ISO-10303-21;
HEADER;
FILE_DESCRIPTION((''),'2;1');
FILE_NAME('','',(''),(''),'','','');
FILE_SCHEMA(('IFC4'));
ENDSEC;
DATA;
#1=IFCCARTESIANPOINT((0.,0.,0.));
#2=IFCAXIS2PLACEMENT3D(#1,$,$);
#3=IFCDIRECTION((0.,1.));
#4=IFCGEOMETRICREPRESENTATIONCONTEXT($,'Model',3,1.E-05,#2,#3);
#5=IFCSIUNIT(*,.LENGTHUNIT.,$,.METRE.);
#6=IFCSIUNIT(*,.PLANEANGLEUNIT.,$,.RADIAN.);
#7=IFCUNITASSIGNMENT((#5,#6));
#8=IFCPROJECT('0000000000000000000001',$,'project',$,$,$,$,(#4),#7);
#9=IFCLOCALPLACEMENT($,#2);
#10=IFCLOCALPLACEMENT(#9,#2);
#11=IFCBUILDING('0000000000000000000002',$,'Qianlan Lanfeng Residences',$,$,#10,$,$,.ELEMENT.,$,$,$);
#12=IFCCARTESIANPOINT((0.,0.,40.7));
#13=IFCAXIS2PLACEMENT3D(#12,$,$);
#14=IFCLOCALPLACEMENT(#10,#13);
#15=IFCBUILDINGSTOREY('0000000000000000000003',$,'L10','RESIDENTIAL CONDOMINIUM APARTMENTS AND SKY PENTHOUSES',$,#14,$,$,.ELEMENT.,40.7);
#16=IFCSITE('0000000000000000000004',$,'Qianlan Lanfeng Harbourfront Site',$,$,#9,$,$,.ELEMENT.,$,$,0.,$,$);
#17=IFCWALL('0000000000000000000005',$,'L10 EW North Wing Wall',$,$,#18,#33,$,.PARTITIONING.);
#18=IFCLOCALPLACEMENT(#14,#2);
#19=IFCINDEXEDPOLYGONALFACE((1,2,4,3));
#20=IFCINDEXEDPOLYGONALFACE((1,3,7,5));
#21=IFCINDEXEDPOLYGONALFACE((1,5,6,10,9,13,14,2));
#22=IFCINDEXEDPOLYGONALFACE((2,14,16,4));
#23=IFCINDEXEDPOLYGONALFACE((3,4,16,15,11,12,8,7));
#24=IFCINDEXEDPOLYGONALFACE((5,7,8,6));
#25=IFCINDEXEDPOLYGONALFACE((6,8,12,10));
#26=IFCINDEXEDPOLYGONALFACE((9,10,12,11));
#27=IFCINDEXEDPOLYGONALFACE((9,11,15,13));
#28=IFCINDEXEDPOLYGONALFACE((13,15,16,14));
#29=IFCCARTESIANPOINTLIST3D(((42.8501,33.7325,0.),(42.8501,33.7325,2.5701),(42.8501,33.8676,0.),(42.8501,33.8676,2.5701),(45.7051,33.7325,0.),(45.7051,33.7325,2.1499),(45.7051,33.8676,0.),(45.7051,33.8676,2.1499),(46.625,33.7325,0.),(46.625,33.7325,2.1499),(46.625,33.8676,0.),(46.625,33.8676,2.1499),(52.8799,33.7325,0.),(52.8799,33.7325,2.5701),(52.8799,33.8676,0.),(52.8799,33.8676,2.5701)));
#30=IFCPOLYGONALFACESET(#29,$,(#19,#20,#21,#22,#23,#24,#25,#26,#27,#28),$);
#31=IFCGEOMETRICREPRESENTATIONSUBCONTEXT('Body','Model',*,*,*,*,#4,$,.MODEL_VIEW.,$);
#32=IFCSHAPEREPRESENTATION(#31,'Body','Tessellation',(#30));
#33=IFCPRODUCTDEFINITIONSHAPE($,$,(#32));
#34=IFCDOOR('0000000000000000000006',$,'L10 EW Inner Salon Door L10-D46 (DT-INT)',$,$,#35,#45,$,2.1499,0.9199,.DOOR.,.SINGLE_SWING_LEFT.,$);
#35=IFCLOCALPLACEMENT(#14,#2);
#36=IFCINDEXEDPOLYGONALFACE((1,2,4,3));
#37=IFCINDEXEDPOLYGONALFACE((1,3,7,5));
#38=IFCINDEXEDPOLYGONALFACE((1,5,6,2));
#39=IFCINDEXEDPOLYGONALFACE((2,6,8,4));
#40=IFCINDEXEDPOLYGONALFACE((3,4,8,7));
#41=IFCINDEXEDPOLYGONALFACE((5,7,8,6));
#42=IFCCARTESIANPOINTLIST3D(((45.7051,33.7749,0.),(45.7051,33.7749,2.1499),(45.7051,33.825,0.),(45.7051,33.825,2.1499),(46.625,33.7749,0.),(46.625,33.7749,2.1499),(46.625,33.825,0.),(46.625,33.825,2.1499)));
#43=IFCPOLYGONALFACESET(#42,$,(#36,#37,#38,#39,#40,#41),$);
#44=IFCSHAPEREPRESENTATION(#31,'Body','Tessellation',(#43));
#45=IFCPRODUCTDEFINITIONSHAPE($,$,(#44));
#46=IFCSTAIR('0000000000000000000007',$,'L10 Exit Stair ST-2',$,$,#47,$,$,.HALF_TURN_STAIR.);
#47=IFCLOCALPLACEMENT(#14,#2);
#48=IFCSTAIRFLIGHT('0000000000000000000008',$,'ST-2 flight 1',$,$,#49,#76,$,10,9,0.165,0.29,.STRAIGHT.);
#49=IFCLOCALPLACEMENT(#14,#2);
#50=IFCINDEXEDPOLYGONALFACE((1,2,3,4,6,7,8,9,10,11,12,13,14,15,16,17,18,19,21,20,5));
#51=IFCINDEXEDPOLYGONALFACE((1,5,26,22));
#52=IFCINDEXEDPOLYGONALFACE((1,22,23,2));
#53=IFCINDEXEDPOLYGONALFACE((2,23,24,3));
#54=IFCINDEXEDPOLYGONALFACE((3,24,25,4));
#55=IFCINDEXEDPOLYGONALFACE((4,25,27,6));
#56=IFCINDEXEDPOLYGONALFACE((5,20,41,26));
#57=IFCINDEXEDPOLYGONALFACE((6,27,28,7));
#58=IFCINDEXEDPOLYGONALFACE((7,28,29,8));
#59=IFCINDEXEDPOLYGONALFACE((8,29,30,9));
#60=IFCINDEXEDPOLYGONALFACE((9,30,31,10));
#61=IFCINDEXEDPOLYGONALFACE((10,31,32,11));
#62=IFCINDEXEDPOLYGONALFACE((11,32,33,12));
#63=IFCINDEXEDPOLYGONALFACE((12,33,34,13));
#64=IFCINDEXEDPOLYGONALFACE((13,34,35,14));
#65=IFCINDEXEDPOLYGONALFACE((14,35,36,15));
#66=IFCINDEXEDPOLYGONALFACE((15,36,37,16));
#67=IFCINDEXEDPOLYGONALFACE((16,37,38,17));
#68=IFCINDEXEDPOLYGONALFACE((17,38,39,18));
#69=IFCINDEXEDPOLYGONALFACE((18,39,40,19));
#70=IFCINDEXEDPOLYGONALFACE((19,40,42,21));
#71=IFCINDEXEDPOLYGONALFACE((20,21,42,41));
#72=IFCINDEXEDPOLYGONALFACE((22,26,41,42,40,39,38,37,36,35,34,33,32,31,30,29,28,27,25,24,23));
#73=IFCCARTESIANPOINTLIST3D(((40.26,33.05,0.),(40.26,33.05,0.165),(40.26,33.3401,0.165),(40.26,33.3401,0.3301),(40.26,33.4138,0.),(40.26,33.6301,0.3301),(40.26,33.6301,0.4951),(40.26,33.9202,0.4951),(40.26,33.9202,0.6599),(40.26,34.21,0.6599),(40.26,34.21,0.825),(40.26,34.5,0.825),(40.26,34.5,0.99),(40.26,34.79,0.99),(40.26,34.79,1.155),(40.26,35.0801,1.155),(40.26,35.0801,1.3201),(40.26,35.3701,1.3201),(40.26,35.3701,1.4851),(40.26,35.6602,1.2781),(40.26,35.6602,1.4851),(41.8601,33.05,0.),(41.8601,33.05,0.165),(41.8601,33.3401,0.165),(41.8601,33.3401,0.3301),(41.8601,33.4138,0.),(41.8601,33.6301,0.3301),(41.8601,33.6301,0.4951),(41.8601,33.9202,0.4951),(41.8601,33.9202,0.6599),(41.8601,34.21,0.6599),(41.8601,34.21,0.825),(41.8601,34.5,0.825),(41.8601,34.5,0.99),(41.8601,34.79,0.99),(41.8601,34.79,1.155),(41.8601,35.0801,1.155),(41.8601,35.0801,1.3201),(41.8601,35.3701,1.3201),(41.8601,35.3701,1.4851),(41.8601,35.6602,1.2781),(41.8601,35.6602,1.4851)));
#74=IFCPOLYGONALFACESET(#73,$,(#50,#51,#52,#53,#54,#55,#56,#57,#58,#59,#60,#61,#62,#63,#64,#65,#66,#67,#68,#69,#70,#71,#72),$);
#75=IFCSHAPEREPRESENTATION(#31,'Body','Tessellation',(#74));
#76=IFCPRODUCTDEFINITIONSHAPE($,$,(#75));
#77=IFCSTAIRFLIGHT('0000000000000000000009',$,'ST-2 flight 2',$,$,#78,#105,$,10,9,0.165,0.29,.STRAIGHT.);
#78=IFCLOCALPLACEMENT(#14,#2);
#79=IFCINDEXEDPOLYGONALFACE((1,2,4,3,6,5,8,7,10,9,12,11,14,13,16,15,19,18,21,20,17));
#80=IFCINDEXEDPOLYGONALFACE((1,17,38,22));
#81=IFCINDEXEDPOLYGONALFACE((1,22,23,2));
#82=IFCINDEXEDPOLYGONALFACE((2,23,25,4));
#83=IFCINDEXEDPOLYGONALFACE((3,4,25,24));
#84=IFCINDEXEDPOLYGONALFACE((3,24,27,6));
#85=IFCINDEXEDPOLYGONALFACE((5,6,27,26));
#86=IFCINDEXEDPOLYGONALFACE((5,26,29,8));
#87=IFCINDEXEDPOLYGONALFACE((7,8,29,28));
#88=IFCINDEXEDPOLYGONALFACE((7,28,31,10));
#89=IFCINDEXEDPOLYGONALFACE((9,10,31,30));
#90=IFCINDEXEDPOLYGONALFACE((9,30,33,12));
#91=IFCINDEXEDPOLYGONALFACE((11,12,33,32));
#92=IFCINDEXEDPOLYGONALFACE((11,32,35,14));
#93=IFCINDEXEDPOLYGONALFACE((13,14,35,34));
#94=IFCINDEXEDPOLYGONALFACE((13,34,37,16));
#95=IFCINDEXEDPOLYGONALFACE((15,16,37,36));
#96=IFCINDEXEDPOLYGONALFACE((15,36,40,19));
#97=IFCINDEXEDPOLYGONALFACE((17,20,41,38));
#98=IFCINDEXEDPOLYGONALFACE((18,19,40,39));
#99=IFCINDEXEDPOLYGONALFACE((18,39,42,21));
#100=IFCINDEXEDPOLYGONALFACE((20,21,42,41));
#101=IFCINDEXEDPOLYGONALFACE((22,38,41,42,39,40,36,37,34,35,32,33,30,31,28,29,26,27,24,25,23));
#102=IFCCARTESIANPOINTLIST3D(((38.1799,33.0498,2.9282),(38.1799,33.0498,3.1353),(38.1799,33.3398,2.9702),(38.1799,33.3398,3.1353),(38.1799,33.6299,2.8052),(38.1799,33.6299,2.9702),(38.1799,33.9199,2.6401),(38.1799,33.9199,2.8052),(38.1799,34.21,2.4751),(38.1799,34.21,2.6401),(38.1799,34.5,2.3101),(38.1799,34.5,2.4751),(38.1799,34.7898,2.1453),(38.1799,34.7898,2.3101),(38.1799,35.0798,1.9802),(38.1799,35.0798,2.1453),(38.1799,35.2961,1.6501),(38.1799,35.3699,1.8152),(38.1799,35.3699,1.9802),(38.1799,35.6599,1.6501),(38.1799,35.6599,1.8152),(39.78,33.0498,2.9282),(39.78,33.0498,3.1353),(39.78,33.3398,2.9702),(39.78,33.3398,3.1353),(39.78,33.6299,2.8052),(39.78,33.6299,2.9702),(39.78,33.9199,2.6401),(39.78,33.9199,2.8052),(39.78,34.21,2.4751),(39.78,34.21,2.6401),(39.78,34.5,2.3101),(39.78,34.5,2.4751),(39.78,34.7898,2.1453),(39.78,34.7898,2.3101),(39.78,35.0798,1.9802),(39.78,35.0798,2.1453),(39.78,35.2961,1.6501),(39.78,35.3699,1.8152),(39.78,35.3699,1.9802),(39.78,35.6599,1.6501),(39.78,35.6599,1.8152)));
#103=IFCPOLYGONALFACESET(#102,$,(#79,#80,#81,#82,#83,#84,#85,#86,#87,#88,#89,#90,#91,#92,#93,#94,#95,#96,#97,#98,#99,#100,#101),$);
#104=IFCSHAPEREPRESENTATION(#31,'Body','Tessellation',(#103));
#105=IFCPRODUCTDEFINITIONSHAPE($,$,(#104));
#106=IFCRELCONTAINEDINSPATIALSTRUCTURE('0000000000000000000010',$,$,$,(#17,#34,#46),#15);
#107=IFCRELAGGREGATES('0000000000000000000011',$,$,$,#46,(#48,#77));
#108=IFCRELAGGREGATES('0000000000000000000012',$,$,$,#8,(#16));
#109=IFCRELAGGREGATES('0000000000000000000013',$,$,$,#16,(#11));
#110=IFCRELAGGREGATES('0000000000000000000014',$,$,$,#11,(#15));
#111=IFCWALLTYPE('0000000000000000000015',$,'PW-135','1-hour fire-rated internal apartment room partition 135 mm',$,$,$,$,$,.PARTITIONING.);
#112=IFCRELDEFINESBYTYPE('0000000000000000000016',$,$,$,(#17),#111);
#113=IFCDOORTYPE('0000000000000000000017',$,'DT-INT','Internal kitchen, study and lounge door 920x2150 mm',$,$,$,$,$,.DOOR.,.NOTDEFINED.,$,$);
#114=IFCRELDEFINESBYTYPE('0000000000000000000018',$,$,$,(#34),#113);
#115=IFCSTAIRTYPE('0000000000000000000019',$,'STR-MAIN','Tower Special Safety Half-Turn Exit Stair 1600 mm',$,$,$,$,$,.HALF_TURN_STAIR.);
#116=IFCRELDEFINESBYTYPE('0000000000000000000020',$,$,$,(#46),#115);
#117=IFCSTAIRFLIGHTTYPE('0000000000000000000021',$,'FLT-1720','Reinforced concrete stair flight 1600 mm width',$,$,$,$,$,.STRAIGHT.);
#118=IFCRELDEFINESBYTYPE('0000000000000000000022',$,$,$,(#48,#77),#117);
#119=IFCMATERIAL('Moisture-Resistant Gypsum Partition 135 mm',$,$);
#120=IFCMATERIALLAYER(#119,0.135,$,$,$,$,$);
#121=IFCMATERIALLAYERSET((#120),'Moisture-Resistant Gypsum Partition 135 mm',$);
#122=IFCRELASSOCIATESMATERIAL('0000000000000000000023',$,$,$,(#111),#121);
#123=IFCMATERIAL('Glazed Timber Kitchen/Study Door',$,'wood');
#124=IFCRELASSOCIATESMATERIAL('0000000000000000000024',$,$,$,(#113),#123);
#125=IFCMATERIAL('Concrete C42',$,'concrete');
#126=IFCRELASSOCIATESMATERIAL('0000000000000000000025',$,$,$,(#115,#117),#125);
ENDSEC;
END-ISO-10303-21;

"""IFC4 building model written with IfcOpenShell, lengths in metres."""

from ifc_helpers import new_model, si_unit, direction, frame, frame_2d, origin, place, context, subcontext, project, spatial, polyline, rectangle, outline, extrude, material, layer, layer_set, type_object, element, fill, aggregate, save


model = new_model("IFC4")

# Units and contexts
model_context = context("Model", 3, precision=1e-05, world=origin(), true_north=direction((0.0, 1.0)))
body_context = subcontext(model_context, "Body", "Model", "MODEL_VIEW")
ifc_project = project(units=[si_unit("LENGTHUNIT", "METRE"), si_unit("PLANEANGLEUNIT", "RADIAN")], contexts=[model_context])

# Site, building, storey
site_placement = place(None, origin())
site = spatial("IfcSite", under=ifc_project, at=site_placement, Name="Qianlan Lanfeng Harbourfront Site", CompositionType="ELEMENT", RefElevation=0.0)
building_placement = place(site_placement, origin())
building = spatial("IfcBuilding", under=site, at=building_placement, Name="Qianlan Lanfeng Residences", CompositionType="ELEMENT")
storey_placement = place(building_placement, frame((0.0, 0.0, 40.7)))
storey = spatial("IfcBuildingStorey", under=building, at=storey_placement, Name="L10", Description="RESIDENTIAL CONDOMINIUM APARTMENTS AND SKY PENTHOUSES", CompositionType="ELEMENT", Elevation=40.7)

# Shared definitions
ifc_material_1 = material(Name="Concrete C42", Category="concrete")

# Wall, opening, door
ifc_material_2 = material(Name="Moisture-Resistant Gypsum Partition 135 mm")
ifc_layer_1 = layer(ifc_material_2, 0.135)
ifc_layer_set_1 = layer_set([ifc_layer_1], Name="Moisture-Resistant Gypsum Partition 135 mm")
wall_type_1 = type_object("IfcWallType", Name="PW-135", Description="1-hour fire-rated internal apartment room partition 135 mm", PredefinedType="PARTITIONING", material=ifc_layer_set_1)
wall_1_placement = place(storey_placement, frame((42.8501, 33.8, 0.0), z_axis=(0.0, 0.0, 1.0), x_axis=(1.0, 0.0, 0.0)))
wall_1 = element("IfcWall", 1, at=wall_1_placement, inside=storey, type_object=wall_type_1, Name="L10 EW North Wing Wall", PredefinedType="PARTITIONING", context=body_context, shape_type="SweptSolid", body=[
    extrude(rectangle(XDim=10.0298, YDim=0.135, at=frame_2d((5.0149, 0.0))), origin(), (0.0, 0.0, 1.0), 2.5701),
])
opening_1_placement = place(wall_1_placement, frame((2.855, 0.0, 0.0)))
opening_1 = element("IfcOpeningElement", 2, at=opening_1_placement, cuts=wall_1, PredefinedType="OPENING", context=body_context, shape_type="SweptSolid", body=[
    extrude(rectangle(XDim=0.9199, YDim=2.1499, at=frame_2d((0.46, 1.075))), frame((0.0, 0.0776, 0.0), z_axis=(0.0, -1.0, 0.0), x_axis=(1.0, 0.0, 0.0)), (0.0, 0.0, 1.0), 0.155),
])
ifc_material_3 = material(Name="Glazed Timber Kitchen/Study Door", Category="wood")
door_type_1 = type_object("IfcDoorType", Name="DT-INT", Description="Internal kitchen, study and lounge door 920x2150 mm", OperationType="NOTDEFINED", PredefinedType="DOOR", material=ifc_material_3)
door_1_placement = place(opening_1_placement, origin())
door_1 = element("IfcDoor", 3, at=door_1_placement, inside=storey, type_object=door_type_1, Name="L10 EW Inner Salon Door L10-D46 (DT-INT)", OperationType="SINGLE_SWING_LEFT", OverallHeight=2.1499, OverallWidth=0.9199, PredefinedType="DOOR", context=body_context, shape_type="SweptSolid", body=[
    extrude(rectangle(XDim=0.9199, YDim=2.1499, at=frame_2d((0.46, 1.075))), frame((0.0, 0.0249, 0.0), z_axis=(0.0, -1.0, 0.0), x_axis=(1.0, 0.0, 0.0)), (0.0, 0.0, 1.0), 0.05),
])
fill(opening_1, door_1)

# Stair, stair flights
stair_type = type_object("IfcStairType", Name="STR-MAIN", Description="Tower Special Safety Half-Turn Exit Stair 1600 mm", PredefinedType="HALF_TURN_STAIR", material=ifc_material_1)
stair_placement = place(storey_placement, origin())
stair = element("IfcStair", 4, at=stair_placement, inside=storey, type_object=stair_type, Name="L10 Exit Stair ST-2", PredefinedType="HALF_TURN_STAIR")
stair_flight_type = type_object("IfcStairFlightType", Name="FLT-1720", Description="Reinforced concrete stair flight 1600 mm width", PredefinedType="STRAIGHT", material=ifc_material_1)
stair_flight_1_placement = place(storey_placement, frame((41.0601, 33.05, 0.0), z_axis=(0.0, 0.0, 1.0), x_axis=(0.0, 1.0, 0.0)))
stair_flight_1 = element("IfcStairFlight", 5, at=stair_flight_1_placement, type_object=stair_flight_type, Name="ST-2 flight 1", NumberOfRisers=10, NumberOfTreads=9, PredefinedType="STRAIGHT", RiserHeight=0.165, TreadLength=0.29, context=body_context, shape_type="SweptSolid", body=[
    extrude(outline(polyline([(0.0, 0.0), (0.0, 0.165), (0.29, 0.165), (0.29, 0.3301), (0.5801, 0.3301), (0.5801, 0.4951), (0.8701, 0.4951), (0.8701, 0.6599), (1.1599, 0.6599), (1.1599, 0.825), (1.45, 0.825), (1.45, 0.99), (1.74, 0.99), (1.74, 1.155), (2.03, 1.155), (2.03, 1.3201), (2.3201, 1.3201), (2.3201, 1.4851), (2.6101, 1.4851), (2.6101, 1.6499), (2.6101, 1.2781), (0.3638, 0.0), (0.0, 0.0)])), frame((0.0, 0.8, 0.0), z_axis=(0.0, -1.0, 0.0), x_axis=(1.0, 0.0, 0.0)), (0.0, 0.0, 1.0), 1.6001),
])
stair_flight_2_placement = place(storey_placement, frame((38.98, 35.6599, 1.6501), z_axis=(0.0, 0.0, 1.0), x_axis=(0.0, -1.0, 0.0)))
stair_flight_2 = element("IfcStairFlight", 6, at=stair_flight_2_placement, type_object=stair_flight_type, Name="ST-2 flight 2", NumberOfRisers=10, NumberOfTreads=9, PredefinedType="STRAIGHT", RiserHeight=0.165, TreadLength=0.29, context=body_context, shape_type="SweptSolid", body=[
    extrude(outline(polyline([(0.0, 0.0), (0.0, 0.165), (0.29, 0.165), (0.29, 0.3301), (0.5801, 0.3301), (0.5801, 0.4951), (0.8701, 0.4951), (0.8701, 0.6599), (1.1599, 0.6599), (1.1599, 0.825), (1.45, 0.825), (1.45, 0.99), (1.74, 0.99), (1.74, 1.155), (2.03, 1.155), (2.03, 1.3201), (2.3201, 1.3201), (2.3201, 1.4851), (2.6101, 1.4851), (2.6101, 1.6499), (2.6101, 1.2781), (0.3638, 0.0), (0.0, 0.0)])), frame((0.0, 0.8, 0.0), z_axis=(0.0, -1.0, 0.0), x_axis=(1.0, 0.0, 0.0)), (0.0, 0.0, 1.0), 1.6001),
])
aggregate(stair, [stair_flight_1, stair_flight_2])

save(model, "model.ifc")
